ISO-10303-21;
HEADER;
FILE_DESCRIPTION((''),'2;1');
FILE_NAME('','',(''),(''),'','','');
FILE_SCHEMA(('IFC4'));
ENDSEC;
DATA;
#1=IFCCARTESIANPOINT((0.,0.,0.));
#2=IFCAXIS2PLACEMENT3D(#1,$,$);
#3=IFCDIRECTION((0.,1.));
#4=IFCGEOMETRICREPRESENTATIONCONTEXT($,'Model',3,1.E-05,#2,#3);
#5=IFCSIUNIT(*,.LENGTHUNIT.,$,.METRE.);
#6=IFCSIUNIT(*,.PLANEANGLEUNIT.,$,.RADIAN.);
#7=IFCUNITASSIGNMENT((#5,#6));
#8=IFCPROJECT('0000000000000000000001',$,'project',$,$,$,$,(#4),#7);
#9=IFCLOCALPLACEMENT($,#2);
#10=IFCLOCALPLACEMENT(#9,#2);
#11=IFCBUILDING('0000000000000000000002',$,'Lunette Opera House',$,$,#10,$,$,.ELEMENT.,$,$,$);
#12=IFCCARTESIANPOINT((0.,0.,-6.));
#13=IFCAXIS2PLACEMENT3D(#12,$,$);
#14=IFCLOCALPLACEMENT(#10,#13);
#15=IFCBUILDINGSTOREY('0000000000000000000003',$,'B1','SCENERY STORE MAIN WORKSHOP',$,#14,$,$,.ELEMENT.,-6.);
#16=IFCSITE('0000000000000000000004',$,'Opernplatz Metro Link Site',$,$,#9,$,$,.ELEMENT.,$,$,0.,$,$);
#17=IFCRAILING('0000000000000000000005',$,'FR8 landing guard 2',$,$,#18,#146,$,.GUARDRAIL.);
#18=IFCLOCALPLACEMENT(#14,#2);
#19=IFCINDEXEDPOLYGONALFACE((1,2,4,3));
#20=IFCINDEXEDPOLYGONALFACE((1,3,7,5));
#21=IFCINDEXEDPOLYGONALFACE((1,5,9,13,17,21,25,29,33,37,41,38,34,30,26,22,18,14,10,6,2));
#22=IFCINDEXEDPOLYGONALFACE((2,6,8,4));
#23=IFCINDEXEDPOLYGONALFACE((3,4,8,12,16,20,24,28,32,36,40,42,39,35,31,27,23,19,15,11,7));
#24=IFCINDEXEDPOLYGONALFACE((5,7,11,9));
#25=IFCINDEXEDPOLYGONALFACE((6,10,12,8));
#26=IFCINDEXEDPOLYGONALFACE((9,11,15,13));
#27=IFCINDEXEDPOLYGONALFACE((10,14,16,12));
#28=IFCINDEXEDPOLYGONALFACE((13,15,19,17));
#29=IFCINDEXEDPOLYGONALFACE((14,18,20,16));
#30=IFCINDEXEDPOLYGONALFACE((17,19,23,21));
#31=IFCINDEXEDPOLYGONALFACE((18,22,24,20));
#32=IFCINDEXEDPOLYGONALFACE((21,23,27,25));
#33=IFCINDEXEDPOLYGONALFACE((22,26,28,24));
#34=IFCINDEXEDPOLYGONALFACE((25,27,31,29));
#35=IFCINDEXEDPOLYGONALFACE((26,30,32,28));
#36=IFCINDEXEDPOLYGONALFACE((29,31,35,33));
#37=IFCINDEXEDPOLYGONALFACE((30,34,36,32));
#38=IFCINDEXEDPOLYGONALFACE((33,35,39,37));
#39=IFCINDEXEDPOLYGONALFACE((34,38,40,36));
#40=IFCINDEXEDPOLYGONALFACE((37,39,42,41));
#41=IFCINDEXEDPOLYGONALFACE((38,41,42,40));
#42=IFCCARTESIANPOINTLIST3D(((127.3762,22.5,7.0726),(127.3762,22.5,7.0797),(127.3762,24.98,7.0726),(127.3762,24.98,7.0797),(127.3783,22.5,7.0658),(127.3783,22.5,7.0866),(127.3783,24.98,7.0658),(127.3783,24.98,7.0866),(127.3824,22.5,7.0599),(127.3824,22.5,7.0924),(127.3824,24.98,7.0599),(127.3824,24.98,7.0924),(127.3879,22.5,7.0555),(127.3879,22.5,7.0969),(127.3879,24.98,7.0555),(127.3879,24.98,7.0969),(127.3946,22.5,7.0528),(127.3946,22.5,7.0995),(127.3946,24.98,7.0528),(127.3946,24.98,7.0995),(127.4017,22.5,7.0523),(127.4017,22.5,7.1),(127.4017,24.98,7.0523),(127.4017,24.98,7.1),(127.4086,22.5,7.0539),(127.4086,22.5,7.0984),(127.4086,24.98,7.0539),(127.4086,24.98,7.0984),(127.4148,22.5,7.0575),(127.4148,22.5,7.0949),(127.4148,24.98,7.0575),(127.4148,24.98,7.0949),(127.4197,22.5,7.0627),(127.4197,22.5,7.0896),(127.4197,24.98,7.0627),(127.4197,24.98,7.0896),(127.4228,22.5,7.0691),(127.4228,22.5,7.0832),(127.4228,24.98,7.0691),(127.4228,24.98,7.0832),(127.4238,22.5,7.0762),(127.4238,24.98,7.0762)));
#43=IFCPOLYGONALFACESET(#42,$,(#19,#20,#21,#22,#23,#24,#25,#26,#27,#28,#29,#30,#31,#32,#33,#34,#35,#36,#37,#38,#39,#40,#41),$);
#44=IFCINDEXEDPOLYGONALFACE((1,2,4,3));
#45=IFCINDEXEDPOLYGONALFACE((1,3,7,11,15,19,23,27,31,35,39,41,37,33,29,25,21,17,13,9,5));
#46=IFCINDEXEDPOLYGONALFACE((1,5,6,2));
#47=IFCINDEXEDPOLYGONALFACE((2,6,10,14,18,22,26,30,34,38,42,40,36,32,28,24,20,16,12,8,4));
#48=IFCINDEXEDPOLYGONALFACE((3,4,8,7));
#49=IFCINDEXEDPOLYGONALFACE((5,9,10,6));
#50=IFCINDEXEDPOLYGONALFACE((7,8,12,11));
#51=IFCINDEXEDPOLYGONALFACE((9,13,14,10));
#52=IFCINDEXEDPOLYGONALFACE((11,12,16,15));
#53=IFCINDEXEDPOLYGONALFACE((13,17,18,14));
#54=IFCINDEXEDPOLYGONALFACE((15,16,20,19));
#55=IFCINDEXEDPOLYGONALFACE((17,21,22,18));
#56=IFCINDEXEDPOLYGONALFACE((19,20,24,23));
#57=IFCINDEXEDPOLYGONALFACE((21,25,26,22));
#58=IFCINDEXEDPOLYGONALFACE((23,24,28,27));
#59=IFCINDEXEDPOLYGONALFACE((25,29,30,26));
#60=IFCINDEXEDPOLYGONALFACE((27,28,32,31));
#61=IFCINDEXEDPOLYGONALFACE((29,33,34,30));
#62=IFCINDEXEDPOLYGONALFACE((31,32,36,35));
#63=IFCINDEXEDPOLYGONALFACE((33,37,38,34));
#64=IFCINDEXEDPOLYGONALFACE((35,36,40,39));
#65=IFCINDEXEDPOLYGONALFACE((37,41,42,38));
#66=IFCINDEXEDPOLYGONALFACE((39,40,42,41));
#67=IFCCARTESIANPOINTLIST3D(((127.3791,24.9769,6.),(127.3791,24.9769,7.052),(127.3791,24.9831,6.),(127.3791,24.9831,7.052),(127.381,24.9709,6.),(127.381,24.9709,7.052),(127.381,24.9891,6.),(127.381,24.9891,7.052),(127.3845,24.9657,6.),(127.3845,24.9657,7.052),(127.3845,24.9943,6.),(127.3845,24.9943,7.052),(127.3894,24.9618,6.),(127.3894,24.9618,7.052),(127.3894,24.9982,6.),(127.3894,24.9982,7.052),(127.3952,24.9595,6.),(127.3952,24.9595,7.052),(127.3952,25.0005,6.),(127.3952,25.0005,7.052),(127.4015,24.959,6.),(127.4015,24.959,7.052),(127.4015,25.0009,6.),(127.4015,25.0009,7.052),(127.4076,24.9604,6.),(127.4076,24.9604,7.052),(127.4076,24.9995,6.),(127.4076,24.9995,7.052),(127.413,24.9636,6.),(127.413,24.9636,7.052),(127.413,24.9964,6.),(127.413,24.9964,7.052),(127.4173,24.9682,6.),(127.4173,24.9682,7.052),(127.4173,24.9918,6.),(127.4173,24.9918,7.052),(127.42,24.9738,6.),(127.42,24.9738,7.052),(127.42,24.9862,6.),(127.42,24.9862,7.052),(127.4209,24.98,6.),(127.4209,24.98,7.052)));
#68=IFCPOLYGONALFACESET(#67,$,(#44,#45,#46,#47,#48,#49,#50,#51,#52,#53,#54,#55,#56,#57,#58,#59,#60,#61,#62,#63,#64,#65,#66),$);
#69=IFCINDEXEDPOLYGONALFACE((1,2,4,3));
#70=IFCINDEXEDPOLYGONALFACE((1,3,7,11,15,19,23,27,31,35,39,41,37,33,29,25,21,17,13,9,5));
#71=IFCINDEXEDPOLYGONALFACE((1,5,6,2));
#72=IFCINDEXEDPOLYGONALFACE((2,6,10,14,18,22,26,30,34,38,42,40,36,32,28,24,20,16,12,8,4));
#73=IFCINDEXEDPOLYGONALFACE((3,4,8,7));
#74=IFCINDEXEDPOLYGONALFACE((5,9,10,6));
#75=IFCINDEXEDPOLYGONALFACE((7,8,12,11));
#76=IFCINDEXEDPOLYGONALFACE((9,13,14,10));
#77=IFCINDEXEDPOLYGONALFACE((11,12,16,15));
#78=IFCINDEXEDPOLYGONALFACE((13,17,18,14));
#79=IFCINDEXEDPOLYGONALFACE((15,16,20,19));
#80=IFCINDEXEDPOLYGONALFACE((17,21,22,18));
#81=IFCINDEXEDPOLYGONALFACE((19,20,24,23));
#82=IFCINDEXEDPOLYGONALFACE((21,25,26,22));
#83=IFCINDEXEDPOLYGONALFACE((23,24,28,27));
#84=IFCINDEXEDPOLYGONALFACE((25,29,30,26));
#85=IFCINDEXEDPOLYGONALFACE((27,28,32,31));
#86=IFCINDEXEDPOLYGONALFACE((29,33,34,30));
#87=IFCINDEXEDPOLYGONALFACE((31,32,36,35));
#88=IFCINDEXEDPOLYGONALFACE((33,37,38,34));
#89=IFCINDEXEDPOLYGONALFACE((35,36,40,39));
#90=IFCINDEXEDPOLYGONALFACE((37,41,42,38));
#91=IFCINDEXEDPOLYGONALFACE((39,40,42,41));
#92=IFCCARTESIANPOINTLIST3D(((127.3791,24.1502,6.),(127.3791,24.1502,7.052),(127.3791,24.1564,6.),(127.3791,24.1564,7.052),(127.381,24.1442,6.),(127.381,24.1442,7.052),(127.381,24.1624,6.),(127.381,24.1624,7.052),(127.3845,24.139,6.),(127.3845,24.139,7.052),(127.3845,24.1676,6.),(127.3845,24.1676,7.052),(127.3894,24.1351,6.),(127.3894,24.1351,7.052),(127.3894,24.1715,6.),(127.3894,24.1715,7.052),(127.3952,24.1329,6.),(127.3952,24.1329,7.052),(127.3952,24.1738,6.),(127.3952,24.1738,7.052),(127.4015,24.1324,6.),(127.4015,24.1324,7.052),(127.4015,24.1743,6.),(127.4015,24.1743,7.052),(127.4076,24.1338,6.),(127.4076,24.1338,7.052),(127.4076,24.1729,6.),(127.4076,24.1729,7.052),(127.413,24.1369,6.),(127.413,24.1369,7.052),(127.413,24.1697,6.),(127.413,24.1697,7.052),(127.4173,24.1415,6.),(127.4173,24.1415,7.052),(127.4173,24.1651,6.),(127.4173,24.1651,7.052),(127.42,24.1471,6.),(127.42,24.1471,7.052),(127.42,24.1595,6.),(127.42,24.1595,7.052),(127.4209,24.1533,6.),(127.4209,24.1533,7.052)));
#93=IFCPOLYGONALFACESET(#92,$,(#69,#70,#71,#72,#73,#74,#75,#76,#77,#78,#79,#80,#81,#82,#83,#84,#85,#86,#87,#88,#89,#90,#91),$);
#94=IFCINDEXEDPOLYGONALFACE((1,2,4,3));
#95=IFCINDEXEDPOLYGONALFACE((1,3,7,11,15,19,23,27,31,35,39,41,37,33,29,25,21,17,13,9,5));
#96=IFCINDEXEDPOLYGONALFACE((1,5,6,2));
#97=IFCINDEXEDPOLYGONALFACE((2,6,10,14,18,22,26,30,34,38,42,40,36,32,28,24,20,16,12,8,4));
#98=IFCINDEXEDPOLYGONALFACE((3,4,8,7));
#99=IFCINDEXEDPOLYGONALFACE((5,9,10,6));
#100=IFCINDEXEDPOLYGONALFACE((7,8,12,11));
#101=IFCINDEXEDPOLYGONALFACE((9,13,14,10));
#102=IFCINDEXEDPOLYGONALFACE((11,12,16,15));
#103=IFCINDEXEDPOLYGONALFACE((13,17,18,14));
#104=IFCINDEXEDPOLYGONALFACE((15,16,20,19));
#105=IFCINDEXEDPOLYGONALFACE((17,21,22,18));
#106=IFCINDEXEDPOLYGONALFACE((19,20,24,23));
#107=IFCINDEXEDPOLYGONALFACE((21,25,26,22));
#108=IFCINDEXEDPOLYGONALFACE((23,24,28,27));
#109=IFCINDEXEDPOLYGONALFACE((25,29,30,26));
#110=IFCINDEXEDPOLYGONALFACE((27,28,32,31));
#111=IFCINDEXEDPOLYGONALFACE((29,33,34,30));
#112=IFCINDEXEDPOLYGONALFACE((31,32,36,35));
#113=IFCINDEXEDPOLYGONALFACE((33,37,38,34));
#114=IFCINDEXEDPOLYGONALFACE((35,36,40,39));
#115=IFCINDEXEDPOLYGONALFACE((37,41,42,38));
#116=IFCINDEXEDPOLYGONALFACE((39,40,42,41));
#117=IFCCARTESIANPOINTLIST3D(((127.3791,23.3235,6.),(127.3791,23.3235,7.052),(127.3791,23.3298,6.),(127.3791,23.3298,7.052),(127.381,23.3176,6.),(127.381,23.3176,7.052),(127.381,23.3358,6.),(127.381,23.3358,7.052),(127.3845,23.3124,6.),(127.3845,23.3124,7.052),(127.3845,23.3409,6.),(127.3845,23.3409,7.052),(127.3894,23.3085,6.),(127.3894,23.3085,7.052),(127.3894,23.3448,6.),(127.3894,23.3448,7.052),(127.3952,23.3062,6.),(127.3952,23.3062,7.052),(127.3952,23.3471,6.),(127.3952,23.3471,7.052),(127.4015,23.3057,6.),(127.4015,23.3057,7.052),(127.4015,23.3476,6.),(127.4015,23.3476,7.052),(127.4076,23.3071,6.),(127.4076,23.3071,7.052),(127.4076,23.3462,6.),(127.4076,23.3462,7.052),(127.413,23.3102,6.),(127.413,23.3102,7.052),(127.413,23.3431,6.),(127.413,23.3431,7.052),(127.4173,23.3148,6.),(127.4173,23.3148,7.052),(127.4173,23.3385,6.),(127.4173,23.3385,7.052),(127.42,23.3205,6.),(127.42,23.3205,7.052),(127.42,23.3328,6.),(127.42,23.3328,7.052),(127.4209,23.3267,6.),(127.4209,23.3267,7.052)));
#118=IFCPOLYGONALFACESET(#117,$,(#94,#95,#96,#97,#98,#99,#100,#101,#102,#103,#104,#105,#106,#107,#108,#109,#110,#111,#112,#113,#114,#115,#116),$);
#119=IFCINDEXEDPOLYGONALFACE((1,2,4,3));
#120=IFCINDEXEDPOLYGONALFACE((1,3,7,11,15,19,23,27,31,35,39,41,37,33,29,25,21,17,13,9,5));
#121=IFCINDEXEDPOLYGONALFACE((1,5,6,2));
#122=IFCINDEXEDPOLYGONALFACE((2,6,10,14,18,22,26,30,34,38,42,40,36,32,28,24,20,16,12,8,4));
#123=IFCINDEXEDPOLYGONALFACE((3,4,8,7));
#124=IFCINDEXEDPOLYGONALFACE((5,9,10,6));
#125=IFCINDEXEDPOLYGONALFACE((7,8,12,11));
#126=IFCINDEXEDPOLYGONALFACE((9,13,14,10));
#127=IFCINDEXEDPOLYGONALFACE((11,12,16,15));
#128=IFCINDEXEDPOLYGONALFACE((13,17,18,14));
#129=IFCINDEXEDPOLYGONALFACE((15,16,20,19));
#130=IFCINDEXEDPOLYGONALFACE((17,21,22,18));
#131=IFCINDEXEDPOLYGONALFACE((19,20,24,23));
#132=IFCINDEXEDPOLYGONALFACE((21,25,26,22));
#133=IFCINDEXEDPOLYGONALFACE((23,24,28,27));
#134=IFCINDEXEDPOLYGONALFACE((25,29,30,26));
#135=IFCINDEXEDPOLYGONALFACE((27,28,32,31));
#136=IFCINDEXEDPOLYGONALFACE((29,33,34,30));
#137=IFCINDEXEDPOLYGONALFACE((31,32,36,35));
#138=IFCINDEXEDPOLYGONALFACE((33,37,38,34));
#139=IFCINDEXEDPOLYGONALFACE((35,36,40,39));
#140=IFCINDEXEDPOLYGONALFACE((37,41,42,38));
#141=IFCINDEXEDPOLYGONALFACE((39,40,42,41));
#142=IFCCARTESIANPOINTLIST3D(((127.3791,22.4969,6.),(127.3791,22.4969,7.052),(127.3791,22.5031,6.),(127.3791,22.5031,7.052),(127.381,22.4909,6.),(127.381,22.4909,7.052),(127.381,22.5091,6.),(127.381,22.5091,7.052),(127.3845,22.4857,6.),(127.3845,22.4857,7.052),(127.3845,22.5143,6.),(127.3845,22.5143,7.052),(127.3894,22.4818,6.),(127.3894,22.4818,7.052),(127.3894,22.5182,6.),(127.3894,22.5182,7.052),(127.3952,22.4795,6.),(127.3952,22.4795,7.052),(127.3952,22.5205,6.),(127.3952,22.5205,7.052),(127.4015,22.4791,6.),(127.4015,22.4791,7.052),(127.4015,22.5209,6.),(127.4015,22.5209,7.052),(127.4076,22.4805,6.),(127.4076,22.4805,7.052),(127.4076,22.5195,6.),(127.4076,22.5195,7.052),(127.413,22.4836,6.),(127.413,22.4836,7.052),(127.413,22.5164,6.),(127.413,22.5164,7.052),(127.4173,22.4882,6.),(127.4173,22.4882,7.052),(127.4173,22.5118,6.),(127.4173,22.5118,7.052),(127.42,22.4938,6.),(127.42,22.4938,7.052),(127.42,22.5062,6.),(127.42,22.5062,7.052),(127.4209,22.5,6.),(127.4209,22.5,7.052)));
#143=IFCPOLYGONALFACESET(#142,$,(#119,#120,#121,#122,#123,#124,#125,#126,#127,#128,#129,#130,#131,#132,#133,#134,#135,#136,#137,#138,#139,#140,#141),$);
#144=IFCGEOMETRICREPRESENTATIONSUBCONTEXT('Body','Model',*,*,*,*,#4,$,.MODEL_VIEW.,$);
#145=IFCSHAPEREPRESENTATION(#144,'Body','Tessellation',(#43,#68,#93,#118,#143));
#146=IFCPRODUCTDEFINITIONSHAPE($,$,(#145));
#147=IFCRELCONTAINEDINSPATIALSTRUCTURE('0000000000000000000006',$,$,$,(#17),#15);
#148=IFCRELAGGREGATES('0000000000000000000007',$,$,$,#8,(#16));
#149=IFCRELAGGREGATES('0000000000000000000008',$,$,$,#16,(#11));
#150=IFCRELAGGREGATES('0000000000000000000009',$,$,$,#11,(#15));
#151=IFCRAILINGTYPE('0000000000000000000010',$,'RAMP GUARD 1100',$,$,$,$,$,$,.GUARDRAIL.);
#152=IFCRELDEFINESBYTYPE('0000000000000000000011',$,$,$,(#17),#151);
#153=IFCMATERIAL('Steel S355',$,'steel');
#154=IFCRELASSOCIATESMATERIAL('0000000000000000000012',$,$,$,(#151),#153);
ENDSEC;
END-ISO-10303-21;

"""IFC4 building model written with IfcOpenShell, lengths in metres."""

from ifc_helpers import new_model, si_unit, direction, frame, origin, origin_2d, place, context, subcontext, project, spatial, circle, extrude, material, type_object, element, save


model = new_model("IFC4")

# Units and contexts
model_context = context("Model", 3, precision=1e-05, world=origin(), true_north=direction((0.0, 1.0)))
body_context = subcontext(model_context, "Body", "Model", "MODEL_VIEW")
ifc_project = project(units=[si_unit("LENGTHUNIT", "METRE"), si_unit("PLANEANGLEUNIT", "RADIAN")], contexts=[model_context])

# Site, building, storey
site_placement = place(None, origin())
site = spatial("IfcSite", under=ifc_project, at=site_placement, Name="Opernplatz Metro Link Site", CompositionType="ELEMENT", RefElevation=0.0)
building_placement = place(site_placement, origin())
building = spatial("IfcBuilding", under=site, at=building_placement, Name="Lunette Opera House", CompositionType="ELEMENT")
storey_placement = place(building_placement, frame((0.0, 0.0, -6.0)))
storey = spatial("IfcBuildingStorey", under=building, at=storey_placement, Name="B1", Description="SCENERY STORE MAIN WORKSHOP", CompositionType="ELEMENT", Elevation=-6.0)

# Railing
ifc_material_1 = material(Name="Steel S355", Category="steel")
railing_type_1 = type_object("IfcRailingType", Name="RAMP GUARD 1100", PredefinedType="GUARDRAIL", material=ifc_material_1)
railing_1_placement = place(storey_placement, frame((127.3999, 24.98, 6.0)))
element("IfcRailing", 1, at=railing_1_placement, inside=storey, type_object=railing_type_1, Name="FR8 landing guard 2", PredefinedType="GUARDRAIL", context=body_context, shape_type="SweptSolid", body=[
    extrude(circle(Radius=0.0239, at=origin_2d()), frame((0.0, 0.0, 1.0762), z_axis=(0.0, -1.0, 0.0), x_axis=(1.0, 0.0, 0.0)), (0.0, 0.0, 1.0), 2.48),
    extrude(circle(Radius=0.021, at=origin_2d()), origin(), (0.0, 0.0, 1.0), 1.052),
    extrude(circle(Radius=0.021, at=origin_2d()), frame((0.0, -0.8267, 0.0)), (0.0, 0.0, 1.0), 1.052),
    extrude(circle(Radius=0.021, at=origin_2d()), frame((0.0, -1.6533, 0.0)), (0.0, 0.0, 1.0), 1.052),
    extrude(circle(Radius=0.021, at=origin_2d()), frame((0.0, -2.48, 0.0)), (0.0, 0.0, 1.0), 1.052),
])

save(model, "model.ifc")
